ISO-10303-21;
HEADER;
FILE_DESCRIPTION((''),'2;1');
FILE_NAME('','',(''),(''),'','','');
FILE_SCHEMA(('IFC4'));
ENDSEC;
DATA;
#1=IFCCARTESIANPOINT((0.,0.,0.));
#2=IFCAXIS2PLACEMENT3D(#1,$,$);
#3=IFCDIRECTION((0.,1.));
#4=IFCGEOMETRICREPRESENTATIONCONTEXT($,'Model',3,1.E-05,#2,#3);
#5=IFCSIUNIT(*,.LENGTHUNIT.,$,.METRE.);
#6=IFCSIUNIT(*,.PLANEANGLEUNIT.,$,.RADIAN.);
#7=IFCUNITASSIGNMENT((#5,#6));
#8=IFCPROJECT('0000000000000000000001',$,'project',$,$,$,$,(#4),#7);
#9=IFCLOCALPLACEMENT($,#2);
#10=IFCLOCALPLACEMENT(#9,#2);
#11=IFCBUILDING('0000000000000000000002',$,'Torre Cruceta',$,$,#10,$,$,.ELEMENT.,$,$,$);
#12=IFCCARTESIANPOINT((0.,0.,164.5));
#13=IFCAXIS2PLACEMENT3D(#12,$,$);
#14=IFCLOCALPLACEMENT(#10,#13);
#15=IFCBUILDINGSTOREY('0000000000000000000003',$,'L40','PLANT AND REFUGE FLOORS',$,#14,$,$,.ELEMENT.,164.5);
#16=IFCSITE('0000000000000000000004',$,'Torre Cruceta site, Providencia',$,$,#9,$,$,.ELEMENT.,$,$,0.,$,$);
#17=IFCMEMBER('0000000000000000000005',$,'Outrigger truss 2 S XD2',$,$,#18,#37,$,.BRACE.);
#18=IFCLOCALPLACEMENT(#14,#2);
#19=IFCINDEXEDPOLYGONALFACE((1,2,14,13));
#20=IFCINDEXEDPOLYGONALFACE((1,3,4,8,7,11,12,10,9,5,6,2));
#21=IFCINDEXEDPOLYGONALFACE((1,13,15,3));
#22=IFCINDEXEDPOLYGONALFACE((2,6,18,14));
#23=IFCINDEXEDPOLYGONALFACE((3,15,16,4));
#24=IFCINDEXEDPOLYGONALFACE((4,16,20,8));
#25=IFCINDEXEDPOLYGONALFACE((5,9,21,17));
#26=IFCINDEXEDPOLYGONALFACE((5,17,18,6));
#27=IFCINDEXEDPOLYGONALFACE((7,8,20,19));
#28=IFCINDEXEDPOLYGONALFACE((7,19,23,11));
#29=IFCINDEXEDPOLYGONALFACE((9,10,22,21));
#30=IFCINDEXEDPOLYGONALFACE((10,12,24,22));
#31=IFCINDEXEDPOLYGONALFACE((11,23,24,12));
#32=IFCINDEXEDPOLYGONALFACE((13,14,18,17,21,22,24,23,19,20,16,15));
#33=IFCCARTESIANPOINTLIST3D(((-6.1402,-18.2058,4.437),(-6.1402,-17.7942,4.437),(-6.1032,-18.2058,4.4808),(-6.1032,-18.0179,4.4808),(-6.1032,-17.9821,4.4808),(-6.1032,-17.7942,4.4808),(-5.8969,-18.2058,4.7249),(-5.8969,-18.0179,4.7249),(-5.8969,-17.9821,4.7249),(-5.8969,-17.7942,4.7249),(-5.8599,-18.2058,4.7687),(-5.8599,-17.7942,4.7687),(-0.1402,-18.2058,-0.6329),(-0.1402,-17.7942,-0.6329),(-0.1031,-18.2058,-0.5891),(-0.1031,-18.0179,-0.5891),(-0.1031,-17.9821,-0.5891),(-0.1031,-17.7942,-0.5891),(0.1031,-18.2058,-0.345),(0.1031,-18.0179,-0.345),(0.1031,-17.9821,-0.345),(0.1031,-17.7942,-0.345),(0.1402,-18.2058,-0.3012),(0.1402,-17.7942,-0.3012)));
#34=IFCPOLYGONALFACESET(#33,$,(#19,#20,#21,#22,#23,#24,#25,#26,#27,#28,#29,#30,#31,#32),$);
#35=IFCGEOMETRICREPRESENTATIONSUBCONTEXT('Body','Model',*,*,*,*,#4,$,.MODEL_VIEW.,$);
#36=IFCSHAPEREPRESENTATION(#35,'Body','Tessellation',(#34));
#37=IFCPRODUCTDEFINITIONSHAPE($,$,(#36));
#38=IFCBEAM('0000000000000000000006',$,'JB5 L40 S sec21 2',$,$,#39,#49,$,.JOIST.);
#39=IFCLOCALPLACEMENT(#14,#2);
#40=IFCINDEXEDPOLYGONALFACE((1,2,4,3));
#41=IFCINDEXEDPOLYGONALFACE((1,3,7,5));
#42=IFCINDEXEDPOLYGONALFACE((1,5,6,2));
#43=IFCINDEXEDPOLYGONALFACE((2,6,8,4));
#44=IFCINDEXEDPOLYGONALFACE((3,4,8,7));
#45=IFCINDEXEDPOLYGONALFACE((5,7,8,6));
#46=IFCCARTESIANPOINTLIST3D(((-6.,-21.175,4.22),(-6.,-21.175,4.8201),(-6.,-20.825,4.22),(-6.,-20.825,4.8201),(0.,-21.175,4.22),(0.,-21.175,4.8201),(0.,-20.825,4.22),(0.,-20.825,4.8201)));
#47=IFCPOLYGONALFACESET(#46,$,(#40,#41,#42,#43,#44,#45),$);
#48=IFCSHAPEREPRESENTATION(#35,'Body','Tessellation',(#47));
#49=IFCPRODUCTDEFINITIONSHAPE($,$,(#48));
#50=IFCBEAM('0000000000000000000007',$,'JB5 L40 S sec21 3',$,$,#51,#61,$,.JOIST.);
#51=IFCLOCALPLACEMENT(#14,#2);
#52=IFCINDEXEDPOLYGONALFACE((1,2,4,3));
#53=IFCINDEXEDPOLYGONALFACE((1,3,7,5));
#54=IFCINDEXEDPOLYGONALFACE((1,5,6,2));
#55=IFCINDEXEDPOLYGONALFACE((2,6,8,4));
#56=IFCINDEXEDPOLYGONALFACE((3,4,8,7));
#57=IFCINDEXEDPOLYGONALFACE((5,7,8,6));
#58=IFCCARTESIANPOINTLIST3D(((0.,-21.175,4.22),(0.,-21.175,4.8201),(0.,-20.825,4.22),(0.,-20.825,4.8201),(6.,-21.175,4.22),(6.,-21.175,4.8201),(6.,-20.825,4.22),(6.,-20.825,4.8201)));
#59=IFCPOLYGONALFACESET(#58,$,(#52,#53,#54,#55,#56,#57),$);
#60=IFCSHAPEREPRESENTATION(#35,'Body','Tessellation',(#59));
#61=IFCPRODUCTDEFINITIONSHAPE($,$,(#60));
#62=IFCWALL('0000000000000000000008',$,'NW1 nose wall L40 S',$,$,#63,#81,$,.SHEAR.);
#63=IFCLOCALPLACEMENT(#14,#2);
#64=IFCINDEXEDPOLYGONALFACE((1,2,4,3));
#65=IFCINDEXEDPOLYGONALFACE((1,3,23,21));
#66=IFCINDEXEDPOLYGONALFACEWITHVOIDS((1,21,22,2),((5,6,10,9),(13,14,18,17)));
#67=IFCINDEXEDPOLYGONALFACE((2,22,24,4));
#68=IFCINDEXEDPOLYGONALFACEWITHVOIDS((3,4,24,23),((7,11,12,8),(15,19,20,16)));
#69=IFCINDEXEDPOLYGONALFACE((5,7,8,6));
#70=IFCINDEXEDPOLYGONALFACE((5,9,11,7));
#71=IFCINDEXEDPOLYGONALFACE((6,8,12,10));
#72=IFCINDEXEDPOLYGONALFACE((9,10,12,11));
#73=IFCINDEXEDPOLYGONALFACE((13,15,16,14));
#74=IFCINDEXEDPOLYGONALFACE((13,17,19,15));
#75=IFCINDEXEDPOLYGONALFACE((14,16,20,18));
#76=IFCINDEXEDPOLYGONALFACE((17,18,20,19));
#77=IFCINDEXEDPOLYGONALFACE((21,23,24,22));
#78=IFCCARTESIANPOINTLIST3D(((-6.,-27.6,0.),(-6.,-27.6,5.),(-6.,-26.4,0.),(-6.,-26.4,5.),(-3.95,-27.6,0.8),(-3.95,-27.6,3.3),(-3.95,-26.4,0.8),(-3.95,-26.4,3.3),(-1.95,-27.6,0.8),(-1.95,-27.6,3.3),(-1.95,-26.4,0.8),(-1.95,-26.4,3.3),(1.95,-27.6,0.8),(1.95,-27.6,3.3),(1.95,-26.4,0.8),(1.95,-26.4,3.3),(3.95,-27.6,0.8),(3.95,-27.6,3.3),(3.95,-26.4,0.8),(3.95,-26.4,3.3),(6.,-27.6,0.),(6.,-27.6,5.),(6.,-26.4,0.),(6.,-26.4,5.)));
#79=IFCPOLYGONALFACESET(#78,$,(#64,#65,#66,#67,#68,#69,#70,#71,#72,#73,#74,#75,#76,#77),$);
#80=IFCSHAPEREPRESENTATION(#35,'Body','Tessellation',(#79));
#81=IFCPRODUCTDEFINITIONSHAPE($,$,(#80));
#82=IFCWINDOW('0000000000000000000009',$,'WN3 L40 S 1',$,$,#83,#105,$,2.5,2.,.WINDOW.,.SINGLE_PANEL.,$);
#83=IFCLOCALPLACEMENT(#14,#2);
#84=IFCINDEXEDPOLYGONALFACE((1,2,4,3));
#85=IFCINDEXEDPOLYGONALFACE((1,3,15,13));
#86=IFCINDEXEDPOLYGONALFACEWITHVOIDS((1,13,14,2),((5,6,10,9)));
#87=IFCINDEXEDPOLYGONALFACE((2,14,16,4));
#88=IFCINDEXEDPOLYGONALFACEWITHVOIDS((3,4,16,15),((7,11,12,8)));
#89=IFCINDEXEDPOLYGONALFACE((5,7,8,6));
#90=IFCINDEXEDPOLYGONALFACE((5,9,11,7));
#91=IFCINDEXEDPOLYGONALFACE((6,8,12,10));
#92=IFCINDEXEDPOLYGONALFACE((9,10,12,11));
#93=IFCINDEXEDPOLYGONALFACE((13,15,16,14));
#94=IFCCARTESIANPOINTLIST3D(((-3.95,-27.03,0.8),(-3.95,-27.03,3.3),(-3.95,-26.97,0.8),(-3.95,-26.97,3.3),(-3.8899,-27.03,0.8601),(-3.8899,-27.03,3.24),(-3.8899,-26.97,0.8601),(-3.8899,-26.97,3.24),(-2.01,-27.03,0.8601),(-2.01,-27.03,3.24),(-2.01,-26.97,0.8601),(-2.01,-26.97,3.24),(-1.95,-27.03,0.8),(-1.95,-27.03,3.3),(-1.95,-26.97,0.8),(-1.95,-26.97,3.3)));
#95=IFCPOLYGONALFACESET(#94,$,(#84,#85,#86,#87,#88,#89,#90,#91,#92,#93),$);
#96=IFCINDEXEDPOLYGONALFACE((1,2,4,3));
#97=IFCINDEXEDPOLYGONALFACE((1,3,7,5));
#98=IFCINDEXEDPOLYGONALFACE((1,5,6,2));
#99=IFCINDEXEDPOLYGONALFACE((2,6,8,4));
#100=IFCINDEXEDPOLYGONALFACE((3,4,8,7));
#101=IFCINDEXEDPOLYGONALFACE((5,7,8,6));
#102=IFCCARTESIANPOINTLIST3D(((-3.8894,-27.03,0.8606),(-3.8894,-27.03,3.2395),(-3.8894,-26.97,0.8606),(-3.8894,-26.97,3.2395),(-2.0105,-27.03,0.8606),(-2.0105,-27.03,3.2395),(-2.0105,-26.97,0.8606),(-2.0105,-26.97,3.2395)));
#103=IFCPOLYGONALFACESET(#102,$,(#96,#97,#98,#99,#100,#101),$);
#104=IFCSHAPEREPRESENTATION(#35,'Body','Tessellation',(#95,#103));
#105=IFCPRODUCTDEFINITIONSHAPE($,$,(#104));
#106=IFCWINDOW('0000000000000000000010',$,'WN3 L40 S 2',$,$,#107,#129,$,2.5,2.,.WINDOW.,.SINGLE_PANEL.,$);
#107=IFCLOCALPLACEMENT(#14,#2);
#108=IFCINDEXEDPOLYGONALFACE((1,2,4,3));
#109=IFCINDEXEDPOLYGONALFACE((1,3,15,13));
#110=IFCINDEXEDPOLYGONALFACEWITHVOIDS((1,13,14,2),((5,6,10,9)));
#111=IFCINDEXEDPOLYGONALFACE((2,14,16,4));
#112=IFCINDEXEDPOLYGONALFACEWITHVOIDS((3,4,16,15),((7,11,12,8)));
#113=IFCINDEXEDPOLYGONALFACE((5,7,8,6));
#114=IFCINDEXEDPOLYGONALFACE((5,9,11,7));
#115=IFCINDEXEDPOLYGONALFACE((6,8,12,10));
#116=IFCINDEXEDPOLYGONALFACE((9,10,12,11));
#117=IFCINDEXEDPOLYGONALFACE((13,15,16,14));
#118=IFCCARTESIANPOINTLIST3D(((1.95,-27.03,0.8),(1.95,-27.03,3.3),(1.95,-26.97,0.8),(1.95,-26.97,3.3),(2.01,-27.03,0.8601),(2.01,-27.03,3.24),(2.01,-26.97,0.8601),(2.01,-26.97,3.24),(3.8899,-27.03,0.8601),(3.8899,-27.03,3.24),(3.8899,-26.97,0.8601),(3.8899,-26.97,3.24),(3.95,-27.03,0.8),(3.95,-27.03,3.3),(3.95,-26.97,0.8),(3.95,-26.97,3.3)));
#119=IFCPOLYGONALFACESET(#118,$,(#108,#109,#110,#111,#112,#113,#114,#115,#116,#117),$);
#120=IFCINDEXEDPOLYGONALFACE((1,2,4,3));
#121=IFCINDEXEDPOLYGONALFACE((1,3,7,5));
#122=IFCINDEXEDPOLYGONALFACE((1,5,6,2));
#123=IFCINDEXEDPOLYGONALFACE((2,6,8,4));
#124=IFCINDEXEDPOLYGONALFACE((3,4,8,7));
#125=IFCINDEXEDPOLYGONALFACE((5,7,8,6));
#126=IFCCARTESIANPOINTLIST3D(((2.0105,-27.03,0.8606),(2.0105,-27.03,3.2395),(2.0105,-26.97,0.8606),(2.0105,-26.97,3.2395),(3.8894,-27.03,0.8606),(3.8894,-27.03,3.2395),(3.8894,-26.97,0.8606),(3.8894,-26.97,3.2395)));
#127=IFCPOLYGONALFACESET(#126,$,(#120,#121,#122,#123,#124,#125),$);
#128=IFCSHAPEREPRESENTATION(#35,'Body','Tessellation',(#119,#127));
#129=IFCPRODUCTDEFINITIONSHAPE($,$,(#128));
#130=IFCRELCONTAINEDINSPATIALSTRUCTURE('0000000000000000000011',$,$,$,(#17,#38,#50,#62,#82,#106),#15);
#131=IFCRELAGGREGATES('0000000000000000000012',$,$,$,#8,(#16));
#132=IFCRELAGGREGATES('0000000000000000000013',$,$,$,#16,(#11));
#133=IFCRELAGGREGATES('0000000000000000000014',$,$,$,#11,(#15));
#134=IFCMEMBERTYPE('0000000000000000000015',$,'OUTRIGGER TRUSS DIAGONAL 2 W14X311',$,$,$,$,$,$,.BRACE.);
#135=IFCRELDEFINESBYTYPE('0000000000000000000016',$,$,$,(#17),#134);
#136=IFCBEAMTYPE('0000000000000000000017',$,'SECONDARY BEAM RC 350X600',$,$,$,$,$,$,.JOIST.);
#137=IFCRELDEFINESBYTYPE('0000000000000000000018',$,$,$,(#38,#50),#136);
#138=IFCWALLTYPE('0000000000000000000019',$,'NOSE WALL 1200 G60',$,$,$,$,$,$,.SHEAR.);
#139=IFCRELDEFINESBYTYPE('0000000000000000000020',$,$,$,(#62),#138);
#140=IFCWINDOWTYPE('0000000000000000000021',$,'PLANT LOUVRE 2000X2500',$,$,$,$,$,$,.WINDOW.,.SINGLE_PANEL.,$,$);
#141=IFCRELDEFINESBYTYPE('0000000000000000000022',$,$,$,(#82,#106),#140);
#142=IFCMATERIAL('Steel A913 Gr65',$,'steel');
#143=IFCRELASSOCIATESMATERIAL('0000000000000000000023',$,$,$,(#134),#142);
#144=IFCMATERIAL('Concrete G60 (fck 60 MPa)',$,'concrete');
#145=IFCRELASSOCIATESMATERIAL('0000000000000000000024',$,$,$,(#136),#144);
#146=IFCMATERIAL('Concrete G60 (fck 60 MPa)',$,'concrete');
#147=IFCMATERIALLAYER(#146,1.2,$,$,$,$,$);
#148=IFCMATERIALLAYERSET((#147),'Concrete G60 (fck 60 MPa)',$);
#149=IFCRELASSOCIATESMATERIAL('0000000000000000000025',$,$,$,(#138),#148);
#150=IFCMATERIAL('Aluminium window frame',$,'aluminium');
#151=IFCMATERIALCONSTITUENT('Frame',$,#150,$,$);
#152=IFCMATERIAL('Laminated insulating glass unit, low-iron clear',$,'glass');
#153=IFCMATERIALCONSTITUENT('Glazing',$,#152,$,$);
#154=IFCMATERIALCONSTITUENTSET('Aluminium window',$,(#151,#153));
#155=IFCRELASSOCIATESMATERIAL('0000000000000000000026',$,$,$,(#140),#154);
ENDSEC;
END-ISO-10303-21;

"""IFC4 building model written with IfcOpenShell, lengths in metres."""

from ifc_helpers import new_model, si_unit, direction, frame, frame_2d, origin, origin_2d, place, context, subcontext, project, spatial, rectangle, hollow_rectangle, i_section, extrude, material, layer, layer_set, constituent, constituent_set, material_profile, profile_set, type_object, element, fill, save


model = new_model("IFC4")

# Units and contexts
model_context = context("Model", 3, precision=1e-05, world=origin(), true_north=direction((0.0, 1.0)))
body_context = subcontext(model_context, "Body", "Model", "MODEL_VIEW")
ifc_project = project(units=[si_unit("LENGTHUNIT", "METRE"), si_unit("PLANEANGLEUNIT", "RADIAN")], contexts=[model_context])

# Site, building, storey
site_placement = place(None, origin())
site = spatial("IfcSite", under=ifc_project, at=site_placement, Name="Torre Cruceta site, Providencia", CompositionType="ELEMENT", RefElevation=0.0)
building_placement = place(site_placement, origin())
building = spatial("IfcBuilding", under=site, at=building_placement, Name="Torre Cruceta", CompositionType="ELEMENT")
storey_placement = place(building_placement, frame((0.0, 0.0, 164.5)))
storey = spatial("IfcBuildingStorey", under=building, at=storey_placement, Name="L40", Description="PLANT AND REFUGE FLOORS", CompositionType="ELEMENT", Elevation=164.5)

# Member
ifc_material_1 = material(Name="Steel A913 Gr65", Category="steel")
ifc_material_profile_1 = material_profile(ifc_material_1, i_section(OverallWidth=0.4116, OverallDepth=0.4343, WebThickness=0.0359, FlangeThickness=0.0574, at=origin_2d()), Name="W14X311")
ifc_profile_set_1 = profile_set([ifc_material_profile_1], Name="Steel A913 Gr65")
member_type_1 = type_object("IfcMemberType", Name="OUTRIGGER TRUSS DIAGONAL 2 W14X311", PredefinedType="BRACE", material=ifc_profile_set_1)
member_1_placement = place(storey_placement, frame((0.0, -18.0, -0.467), z_axis=(-0.763832, 0.0, 0.645415), x_axis=(0.0, -1.0, 0.0)))
element("IfcMember", 1, at=member_1_placement, inside=storey, type_object=member_type_1, Name="Outrigger truss 2 S XD2", PredefinedType="BRACE", context=body_context, shape_type="SweptSolid", body=[
    extrude(i_section(OverallWidth=0.4116, OverallDepth=0.4343, WebThickness=0.0359, FlangeThickness=0.0574, at=origin_2d()), origin(), (0.0, 0.0, 1.0), 7.8552),
])

# Beams
ifc_material_2 = material(Name="Concrete G60 (fck 60 MPa)", Category="concrete")
ifc_material_profile_2 = material_profile(ifc_material_2, rectangle(XDim=0.3501, YDim=0.6001, at=origin_2d()), Name="RC 350X600")
ifc_profile_set_2 = profile_set([ifc_material_profile_2], Name="Concrete G60 (fck 60 MPa)")
beam_type_1 = type_object("IfcBeamType", Name="SECONDARY BEAM RC 350X600", PredefinedType="JOIST", material=ifc_profile_set_2)
for number, where, z_axis, x_axis, name in (
    (2, (-6.0, -21.0, 4.52), (1.0, 0.0, 0.0), (0.0, 1.0, 0.0), "JB5 L40 S sec21 2"),
    (3, (0.0, -21.0, 4.52), (1.0, 0.0, 0.0), (0.0, 1.0, 0.0), "JB5 L40 S sec21 3"),
):
    element("IfcBeam", number, at=place(storey_placement, frame(where, z_axis=z_axis, x_axis=x_axis)), inside=storey, type_object=beam_type_1, Name=name, PredefinedType="JOIST", context=body_context, shape_type="SweptSolid", body=[
        extrude(rectangle(XDim=0.3501, YDim=0.6001, at=origin_2d()), origin(), (0.0, 0.0, 1.0), 6.0),
    ])

# Wall, openings, windows
ifc_material_3 = material(Name="Concrete G60 (fck 60 MPa)", Category="concrete")
ifc_layer = layer(ifc_material_3, 1.2)
ifc_layer_set = layer_set([ifc_layer], Name="Concrete G60 (fck 60 MPa)")
wall_type = type_object("IfcWallType", Name="NOSE WALL 1200 G60", PredefinedType="SHEAR", material=ifc_layer_set)
wall_placement = place(storey_placement, frame((-6.0, -27.0, 0.0), z_axis=(0.0, 0.0, 1.0), x_axis=(1.0, 0.0, 0.0)))
wall = element("IfcWall", 4, at=wall_placement, inside=storey, type_object=wall_type, Name="NW1 nose wall L40 S", PredefinedType="SHEAR", context=body_context, shape_type="SweptSolid", body=[
    extrude(rectangle(XDim=12.0, YDim=1.2, at=frame_2d((6.0, 0.0))), origin(), (0.0, 0.0, 1.0), 5.0),
])
opening_1_placement = place(wall_placement, frame((2.05, 0.0, 0.8)))
opening_1 = element("IfcOpeningElement", 5, at=opening_1_placement, cuts=wall, PredefinedType="OPENING", context=body_context, shape_type="SweptSolid", body=[
    extrude(rectangle(XDim=2.0, YDim=2.5, at=frame_2d((1.0, 1.25))), frame((0.0, 0.6099, 0.0), z_axis=(0.0, -1.0, 0.0), x_axis=(1.0, 0.0, 0.0)), (0.0, 0.0, 1.0), 1.22),
])
opening_2_placement = place(wall_placement, frame((7.95, 0.0, 0.8)))
opening_2 = element("IfcOpeningElement", 6, at=opening_2_placement, cuts=wall, PredefinedType="OPENING", context=body_context, shape_type="SweptSolid", body=[
    extrude(rectangle(XDim=2.0, YDim=2.5, at=frame_2d((1.0, 1.25))), frame((0.0, 0.6099, 0.0), z_axis=(0.0, -1.0, 0.0), x_axis=(1.0, 0.0, 0.0)), (0.0, 0.0, 1.0), 1.22),
])
ifc_material_4 = material(Name="Aluminium window frame", Category="aluminium")
ifc_constituent_1 = constituent(ifc_material_4, Name="Frame")
ifc_material_5 = material(Name="Laminated insulating glass unit, low-iron clear", Category="glass")
ifc_constituent_2 = constituent(ifc_material_5, Name="Glazing")
ifc_constituent_set = constituent_set(constituents=[ifc_constituent_1, ifc_constituent_2], Name="Aluminium window")
window_type = type_object("IfcWindowType", Name="PLANT LOUVRE 2000X2500", PartitioningType="SINGLE_PANEL", PredefinedType="WINDOW", material=ifc_constituent_set)
window_1_placement = place(opening_1_placement, origin())
window_1 = element("IfcWindow", 7, at=window_1_placement, inside=storey, type_object=window_type, Name="WN3 L40 S 1", OverallHeight=2.5, OverallWidth=2.0, PartitioningType="SINGLE_PANEL", PredefinedType="WINDOW", context=body_context, shape_type="SweptSolid", body=[
    extrude(hollow_rectangle(XDim=2.0, YDim=2.5, WallThickness=0.0601, at=frame_2d((1.0, 1.25))), frame((0.0, 0.03, 0.0), z_axis=(0.0, -1.0, 0.0), x_axis=(1.0, 0.0, 0.0)), (0.0, 0.0, 1.0), 0.0601),
    extrude(rectangle(XDim=1.8789, YDim=2.3789, at=frame_2d((1.0, 1.25))), frame((0.0, 0.03, 0.0), z_axis=(0.0, -1.0, 0.0), x_axis=(1.0, 0.0, 0.0)), (0.0, 0.0, 1.0), 0.0601),
])
fill(opening_1, window_1)
window_2_placement = place(opening_2_placement, origin())
window_2 = element("IfcWindow", 8, at=window_2_placement, inside=storey, type_object=window_type, Name="WN3 L40 S 2", OverallHeight=2.5, OverallWidth=2.0, PartitioningType="SINGLE_PANEL", PredefinedType="WINDOW", context=body_context, shape_type="SweptSolid", body=[
    extrude(hollow_rectangle(XDim=2.0, YDim=2.5, WallThickness=0.0601, at=frame_2d((1.0, 1.25))), frame((0.0, 0.03, 0.0), z_axis=(0.0, -1.0, 0.0), x_axis=(1.0, 0.0, 0.0)), (0.0, 0.0, 1.0), 0.0601),
    extrude(rectangle(XDim=1.8789, YDim=2.3789, at=frame_2d((1.0, 1.25))), frame((0.0, 0.03, 0.0), z_axis=(0.0, -1.0, 0.0), x_axis=(1.0, 0.0, 0.0)), (0.0, 0.0, 1.0), 0.0601),
])
fill(opening_2, window_2)

save(model, "model.ifc")
